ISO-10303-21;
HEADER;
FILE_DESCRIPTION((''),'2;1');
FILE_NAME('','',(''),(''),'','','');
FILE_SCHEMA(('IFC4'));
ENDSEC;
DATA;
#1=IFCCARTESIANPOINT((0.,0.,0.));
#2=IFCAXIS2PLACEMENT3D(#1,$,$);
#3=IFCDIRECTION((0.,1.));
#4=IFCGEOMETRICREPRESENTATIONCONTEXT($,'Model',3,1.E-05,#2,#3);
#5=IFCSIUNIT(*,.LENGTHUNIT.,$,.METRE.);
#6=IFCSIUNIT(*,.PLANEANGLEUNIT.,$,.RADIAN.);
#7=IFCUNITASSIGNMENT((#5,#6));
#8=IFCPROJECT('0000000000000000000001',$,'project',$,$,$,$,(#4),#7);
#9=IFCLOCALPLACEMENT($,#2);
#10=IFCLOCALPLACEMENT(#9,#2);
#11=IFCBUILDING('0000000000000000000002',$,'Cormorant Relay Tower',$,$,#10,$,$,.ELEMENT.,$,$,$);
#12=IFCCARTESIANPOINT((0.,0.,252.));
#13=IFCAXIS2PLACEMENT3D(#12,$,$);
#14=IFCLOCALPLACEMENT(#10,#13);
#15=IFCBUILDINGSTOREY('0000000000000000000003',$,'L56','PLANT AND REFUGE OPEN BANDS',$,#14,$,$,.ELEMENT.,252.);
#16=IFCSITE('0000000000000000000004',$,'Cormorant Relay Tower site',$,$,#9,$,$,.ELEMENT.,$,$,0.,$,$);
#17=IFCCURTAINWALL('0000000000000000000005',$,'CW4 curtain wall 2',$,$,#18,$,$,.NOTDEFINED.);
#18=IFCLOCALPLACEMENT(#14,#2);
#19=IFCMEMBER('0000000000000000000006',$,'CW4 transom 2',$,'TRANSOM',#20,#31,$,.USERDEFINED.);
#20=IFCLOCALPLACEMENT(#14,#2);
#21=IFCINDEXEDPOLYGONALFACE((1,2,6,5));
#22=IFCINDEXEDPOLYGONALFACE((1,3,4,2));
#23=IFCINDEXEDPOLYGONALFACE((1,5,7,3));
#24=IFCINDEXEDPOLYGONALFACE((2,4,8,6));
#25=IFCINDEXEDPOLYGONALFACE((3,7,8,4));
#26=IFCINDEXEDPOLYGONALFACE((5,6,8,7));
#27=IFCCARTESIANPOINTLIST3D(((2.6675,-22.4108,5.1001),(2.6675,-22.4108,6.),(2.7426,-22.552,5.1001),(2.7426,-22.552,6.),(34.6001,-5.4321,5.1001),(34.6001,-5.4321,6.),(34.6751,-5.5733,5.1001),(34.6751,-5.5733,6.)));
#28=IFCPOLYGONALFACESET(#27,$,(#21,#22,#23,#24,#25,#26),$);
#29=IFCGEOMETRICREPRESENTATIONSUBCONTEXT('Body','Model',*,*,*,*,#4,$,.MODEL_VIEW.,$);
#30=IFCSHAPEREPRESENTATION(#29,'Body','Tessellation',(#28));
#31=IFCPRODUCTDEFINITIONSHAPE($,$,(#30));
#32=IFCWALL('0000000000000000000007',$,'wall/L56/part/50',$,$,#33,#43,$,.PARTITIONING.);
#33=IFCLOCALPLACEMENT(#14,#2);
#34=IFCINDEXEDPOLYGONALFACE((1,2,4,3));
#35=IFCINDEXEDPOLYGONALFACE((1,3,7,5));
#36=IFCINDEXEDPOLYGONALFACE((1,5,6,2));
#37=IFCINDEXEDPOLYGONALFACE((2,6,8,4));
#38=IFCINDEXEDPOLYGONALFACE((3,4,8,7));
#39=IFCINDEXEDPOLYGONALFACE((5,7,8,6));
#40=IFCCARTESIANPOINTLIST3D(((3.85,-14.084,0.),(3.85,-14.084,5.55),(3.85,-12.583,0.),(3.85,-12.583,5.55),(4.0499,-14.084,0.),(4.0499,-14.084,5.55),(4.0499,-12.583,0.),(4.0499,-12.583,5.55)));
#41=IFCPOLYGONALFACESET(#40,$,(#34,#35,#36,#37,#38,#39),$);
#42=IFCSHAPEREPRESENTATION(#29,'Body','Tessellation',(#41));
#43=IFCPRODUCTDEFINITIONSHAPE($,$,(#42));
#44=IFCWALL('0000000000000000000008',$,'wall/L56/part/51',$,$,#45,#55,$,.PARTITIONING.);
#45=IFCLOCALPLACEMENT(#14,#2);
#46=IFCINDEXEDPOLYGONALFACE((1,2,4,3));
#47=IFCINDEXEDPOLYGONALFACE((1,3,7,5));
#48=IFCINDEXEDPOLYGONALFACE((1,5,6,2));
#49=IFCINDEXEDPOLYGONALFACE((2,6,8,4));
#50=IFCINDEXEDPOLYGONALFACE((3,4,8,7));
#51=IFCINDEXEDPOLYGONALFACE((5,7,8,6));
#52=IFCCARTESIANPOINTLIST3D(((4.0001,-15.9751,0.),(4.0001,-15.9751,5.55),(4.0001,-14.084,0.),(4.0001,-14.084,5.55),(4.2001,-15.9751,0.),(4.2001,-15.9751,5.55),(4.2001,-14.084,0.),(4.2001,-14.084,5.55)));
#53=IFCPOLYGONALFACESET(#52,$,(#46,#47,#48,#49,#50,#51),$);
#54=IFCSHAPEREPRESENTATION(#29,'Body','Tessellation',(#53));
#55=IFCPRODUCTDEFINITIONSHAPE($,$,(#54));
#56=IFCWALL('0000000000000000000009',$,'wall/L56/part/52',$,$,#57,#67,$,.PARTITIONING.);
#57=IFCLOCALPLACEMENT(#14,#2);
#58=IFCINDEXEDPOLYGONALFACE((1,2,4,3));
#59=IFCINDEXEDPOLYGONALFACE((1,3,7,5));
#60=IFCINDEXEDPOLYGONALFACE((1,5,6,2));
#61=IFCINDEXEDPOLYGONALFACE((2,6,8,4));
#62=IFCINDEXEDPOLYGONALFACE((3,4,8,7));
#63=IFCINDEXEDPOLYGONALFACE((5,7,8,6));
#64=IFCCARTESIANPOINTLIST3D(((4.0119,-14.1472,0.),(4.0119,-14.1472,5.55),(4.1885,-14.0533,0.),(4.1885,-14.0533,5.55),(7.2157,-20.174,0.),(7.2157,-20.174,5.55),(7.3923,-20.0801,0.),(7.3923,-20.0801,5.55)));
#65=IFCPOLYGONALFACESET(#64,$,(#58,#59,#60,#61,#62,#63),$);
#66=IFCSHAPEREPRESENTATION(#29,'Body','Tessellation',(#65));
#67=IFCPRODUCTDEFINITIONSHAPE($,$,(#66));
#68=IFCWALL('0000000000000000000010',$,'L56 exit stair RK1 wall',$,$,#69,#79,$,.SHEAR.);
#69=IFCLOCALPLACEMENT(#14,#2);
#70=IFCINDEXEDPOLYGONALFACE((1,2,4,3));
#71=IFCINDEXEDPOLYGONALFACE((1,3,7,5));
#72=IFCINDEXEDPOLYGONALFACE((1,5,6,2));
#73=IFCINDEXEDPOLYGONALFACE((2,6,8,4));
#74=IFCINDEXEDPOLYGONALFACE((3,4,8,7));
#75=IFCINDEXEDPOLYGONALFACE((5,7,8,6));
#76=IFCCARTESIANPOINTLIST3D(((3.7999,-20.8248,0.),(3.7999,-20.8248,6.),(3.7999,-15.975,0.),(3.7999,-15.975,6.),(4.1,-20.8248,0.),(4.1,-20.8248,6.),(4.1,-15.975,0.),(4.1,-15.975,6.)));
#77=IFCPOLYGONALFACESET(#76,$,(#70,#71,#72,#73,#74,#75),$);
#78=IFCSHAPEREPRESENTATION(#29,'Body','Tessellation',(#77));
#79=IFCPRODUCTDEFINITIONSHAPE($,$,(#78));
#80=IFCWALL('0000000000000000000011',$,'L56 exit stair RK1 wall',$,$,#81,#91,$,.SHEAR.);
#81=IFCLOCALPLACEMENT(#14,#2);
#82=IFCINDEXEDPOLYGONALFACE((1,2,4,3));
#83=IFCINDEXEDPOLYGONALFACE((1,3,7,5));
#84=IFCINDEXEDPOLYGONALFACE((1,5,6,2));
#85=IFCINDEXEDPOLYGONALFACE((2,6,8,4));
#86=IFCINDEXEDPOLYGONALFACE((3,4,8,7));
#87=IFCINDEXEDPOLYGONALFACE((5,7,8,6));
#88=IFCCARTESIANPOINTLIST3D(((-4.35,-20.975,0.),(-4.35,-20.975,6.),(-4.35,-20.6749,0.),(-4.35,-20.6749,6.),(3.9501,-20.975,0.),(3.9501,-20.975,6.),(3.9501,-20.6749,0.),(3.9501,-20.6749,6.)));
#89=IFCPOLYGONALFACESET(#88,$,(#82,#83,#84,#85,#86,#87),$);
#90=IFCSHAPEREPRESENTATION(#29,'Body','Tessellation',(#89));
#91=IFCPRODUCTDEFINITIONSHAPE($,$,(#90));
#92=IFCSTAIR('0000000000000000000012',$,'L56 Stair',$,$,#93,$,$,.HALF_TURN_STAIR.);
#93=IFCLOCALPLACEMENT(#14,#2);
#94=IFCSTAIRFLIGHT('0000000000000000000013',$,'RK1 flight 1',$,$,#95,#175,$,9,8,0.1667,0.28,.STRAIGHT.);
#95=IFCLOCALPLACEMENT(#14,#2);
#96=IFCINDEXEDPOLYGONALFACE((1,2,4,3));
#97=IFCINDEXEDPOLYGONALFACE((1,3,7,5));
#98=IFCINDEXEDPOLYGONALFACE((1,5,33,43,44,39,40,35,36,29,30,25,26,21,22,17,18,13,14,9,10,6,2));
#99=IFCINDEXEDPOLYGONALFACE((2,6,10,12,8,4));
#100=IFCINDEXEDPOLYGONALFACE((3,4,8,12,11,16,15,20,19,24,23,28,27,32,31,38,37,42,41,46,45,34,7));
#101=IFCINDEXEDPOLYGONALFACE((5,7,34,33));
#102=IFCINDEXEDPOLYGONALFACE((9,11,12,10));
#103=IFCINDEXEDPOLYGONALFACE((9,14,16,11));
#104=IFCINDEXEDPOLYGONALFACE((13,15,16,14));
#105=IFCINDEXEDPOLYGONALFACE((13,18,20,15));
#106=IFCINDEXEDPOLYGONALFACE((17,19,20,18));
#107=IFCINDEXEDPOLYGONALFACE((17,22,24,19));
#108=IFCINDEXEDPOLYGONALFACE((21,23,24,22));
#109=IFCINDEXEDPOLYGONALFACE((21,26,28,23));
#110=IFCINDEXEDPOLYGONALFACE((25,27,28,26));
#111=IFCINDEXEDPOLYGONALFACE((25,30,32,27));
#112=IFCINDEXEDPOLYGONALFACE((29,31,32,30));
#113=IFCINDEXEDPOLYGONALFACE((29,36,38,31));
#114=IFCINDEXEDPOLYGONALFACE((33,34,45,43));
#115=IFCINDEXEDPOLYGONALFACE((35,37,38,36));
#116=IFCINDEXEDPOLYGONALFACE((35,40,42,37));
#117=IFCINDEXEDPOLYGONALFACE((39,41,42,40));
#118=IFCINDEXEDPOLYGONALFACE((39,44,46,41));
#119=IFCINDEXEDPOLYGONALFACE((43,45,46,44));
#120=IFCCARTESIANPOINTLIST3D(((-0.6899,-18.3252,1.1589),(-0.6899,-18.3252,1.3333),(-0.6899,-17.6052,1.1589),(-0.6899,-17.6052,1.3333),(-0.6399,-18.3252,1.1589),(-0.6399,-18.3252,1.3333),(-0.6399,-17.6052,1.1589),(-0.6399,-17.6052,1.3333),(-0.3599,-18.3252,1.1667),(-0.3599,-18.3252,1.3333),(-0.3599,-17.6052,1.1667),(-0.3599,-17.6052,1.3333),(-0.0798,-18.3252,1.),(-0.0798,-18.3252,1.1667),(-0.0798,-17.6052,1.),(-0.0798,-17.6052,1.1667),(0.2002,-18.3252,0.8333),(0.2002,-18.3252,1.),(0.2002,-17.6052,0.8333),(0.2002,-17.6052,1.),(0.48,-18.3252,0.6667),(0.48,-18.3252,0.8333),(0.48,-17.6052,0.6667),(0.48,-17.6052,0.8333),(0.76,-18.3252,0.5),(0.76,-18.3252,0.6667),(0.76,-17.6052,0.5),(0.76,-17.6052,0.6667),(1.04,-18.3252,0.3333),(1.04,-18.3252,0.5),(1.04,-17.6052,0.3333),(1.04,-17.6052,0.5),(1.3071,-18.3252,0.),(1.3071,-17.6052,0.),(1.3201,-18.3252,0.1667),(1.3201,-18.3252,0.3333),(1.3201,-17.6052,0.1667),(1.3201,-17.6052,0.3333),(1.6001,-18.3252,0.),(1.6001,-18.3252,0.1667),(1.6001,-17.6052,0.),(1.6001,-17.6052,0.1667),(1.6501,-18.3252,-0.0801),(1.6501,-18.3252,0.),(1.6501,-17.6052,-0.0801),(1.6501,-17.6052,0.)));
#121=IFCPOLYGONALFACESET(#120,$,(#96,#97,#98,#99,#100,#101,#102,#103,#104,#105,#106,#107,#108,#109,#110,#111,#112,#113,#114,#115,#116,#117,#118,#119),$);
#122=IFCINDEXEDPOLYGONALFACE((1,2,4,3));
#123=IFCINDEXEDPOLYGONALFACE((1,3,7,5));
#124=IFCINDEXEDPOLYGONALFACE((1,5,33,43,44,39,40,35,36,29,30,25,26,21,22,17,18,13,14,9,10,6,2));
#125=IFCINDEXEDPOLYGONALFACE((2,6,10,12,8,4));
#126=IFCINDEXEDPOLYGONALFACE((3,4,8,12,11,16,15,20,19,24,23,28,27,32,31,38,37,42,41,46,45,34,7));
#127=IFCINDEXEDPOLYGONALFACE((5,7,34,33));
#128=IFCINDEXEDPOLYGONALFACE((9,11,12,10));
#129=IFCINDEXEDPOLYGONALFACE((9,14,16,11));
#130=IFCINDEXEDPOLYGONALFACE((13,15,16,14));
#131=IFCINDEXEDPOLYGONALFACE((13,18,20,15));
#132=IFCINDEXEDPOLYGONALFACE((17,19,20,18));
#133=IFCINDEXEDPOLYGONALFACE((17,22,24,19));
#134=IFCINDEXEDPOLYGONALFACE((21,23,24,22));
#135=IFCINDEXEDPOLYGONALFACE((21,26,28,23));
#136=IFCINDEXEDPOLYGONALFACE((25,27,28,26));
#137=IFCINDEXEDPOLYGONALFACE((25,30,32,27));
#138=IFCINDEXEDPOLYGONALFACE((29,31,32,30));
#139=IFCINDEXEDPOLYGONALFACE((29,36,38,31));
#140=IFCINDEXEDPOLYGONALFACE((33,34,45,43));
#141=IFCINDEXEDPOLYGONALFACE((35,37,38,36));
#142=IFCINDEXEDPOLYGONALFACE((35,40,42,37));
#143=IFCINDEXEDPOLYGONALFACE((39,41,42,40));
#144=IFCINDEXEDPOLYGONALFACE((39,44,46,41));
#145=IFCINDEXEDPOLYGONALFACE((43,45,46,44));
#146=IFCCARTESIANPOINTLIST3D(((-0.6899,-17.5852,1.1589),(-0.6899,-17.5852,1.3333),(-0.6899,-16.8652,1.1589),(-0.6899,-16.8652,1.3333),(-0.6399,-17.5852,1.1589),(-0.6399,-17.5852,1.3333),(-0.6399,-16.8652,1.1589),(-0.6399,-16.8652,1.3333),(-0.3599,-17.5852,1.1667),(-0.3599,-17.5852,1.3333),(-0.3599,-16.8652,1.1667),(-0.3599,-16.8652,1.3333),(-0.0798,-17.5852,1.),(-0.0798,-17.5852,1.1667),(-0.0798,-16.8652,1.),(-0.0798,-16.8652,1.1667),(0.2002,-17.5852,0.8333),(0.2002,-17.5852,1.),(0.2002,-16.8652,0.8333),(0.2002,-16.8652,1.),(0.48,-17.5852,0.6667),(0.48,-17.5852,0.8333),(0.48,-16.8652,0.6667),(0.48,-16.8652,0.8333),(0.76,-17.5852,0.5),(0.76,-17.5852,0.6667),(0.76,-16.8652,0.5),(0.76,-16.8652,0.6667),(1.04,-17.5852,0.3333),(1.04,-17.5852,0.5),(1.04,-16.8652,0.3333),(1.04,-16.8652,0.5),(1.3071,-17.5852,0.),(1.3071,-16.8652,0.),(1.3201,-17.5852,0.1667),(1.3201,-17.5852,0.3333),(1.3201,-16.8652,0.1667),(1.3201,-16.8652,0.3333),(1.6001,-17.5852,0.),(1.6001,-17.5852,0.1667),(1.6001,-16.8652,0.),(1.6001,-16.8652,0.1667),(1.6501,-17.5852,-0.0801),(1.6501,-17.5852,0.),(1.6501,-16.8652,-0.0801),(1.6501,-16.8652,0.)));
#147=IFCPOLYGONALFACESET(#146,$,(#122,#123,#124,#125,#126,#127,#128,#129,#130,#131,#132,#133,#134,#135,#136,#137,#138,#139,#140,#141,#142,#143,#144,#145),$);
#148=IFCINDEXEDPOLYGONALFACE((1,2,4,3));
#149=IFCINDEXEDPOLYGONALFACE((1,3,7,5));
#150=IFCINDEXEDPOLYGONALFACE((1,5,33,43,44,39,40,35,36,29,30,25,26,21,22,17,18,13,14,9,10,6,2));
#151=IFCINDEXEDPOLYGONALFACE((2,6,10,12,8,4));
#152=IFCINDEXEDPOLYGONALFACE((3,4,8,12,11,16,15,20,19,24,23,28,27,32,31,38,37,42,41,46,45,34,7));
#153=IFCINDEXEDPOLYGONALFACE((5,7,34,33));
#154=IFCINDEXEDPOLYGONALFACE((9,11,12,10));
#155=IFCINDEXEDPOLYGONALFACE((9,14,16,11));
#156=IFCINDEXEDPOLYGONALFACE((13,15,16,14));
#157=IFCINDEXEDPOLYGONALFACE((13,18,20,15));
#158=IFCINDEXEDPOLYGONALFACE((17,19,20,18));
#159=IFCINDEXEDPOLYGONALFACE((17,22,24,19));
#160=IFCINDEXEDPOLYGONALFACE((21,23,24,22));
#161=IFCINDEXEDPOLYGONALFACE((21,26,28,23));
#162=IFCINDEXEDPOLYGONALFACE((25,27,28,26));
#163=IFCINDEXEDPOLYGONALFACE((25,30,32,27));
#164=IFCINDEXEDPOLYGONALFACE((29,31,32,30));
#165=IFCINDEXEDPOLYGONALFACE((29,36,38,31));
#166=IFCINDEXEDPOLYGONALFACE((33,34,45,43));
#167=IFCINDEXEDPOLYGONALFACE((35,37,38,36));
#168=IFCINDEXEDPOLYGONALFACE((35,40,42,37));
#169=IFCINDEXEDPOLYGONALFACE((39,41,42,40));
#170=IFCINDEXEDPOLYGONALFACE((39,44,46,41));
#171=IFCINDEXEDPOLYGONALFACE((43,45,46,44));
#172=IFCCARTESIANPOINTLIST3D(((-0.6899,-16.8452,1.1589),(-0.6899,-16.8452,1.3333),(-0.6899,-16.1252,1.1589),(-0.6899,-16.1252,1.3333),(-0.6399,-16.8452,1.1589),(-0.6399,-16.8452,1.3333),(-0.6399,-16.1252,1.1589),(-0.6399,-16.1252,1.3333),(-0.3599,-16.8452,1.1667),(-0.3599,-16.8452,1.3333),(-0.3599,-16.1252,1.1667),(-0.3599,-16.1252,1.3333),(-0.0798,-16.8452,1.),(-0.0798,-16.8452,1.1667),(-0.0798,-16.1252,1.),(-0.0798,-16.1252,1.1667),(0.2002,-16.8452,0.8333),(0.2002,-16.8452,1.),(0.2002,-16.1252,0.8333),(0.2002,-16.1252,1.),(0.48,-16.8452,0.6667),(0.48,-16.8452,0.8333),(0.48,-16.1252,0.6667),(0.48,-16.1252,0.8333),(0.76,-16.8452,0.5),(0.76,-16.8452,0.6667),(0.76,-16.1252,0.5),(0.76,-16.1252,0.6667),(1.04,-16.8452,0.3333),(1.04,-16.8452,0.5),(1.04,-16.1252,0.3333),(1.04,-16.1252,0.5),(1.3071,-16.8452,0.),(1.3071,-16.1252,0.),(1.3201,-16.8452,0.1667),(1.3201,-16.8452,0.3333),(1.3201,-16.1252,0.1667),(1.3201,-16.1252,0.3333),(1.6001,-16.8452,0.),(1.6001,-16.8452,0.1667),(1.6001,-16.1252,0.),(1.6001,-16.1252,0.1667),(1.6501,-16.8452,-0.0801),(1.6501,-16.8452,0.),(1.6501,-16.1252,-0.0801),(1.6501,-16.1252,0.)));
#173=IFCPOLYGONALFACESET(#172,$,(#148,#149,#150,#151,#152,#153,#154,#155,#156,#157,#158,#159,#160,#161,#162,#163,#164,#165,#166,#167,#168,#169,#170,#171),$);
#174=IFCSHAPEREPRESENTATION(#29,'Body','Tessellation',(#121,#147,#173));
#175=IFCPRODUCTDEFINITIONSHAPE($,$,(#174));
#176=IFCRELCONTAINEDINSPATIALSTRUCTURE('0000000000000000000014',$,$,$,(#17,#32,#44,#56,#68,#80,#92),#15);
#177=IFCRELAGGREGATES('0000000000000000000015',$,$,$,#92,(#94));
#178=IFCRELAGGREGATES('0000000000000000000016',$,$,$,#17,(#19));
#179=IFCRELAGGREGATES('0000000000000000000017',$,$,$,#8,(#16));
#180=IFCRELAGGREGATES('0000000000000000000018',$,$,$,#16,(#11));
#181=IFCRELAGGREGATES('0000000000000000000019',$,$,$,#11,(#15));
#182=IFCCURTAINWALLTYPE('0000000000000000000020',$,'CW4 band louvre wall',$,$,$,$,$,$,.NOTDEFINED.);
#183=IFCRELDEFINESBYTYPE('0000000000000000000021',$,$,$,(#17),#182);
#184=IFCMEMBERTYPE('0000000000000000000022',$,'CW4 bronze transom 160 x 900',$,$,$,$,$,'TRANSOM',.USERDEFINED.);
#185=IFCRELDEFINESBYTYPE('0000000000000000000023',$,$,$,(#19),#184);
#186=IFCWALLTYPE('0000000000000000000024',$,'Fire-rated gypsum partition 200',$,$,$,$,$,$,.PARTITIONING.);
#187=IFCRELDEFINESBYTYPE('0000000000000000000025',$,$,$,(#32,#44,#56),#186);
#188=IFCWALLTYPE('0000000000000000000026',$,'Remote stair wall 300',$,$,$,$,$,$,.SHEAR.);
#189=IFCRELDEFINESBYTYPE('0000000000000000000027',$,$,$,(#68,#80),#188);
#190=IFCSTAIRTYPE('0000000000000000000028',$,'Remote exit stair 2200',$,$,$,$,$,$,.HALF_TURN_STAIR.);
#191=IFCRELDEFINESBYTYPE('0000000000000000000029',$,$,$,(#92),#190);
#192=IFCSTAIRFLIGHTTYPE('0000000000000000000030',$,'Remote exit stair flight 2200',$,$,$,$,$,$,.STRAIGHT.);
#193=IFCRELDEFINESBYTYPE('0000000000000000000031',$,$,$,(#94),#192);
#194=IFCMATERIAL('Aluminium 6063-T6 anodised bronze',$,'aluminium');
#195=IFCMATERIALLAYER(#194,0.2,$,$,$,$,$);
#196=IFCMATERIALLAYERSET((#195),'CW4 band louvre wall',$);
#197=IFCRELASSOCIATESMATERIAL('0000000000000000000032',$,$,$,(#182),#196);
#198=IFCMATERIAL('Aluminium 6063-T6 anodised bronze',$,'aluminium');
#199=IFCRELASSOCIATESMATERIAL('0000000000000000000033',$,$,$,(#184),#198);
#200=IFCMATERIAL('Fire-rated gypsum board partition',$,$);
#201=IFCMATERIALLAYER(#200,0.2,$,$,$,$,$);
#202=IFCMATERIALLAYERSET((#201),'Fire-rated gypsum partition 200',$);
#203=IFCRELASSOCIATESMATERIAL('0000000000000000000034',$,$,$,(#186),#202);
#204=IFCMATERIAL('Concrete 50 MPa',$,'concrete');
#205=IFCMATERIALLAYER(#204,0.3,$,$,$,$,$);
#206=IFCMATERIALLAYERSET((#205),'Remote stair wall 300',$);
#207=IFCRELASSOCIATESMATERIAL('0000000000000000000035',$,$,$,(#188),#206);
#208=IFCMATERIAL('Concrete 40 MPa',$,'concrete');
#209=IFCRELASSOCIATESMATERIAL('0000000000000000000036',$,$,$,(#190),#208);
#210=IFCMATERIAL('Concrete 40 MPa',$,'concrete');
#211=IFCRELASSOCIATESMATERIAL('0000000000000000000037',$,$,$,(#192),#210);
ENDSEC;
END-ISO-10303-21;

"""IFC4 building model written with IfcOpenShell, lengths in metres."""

from ifc_helpers import new_model, si_unit, direction, frame, frame_2d, origin, origin_2d, place, context, subcontext, project, spatial, polyline, rectangle, outline, extrude, material, layer, layer_set, material_profile, profile_set, type_object, element, aggregate, save


model = new_model("IFC4")

# Units and contexts
model_context = context("Model", 3, precision=1e-05, world=origin(), true_north=direction((0.0, 1.0)))
body_context = subcontext(model_context, "Body", "Model", "MODEL_VIEW")
ifc_project = project(units=[si_unit("LENGTHUNIT", "METRE"), si_unit("PLANEANGLEUNIT", "RADIAN")], contexts=[model_context])

# Site, building, storey
site_placement = place(None, origin())
site = spatial("IfcSite", under=ifc_project, at=site_placement, Name="Cormorant Relay Tower site", CompositionType="ELEMENT", RefElevation=0.0)
building_placement = place(site_placement, origin())
building = spatial("IfcBuilding", under=site, at=building_placement, Name="Cormorant Relay Tower", CompositionType="ELEMENT")
storey_placement = place(building_placement, frame((0.0, 0.0, 252.0)))
storey = spatial("IfcBuildingStorey", under=building, at=storey_placement, Name="L56", Description="PLANT AND REFUGE OPEN BANDS", CompositionType="ELEMENT", Elevation=252.0)

# Curtain wall, member
ifc_material_1 = material(Name="Aluminium 6063-T6 anodised bronze", Category="aluminium")
ifc_layer_1 = layer(ifc_material_1, 0.2)
ifc_layer_set_1 = layer_set([ifc_layer_1], Name="CW4 band louvre wall")
curtain_wall_type = type_object("IfcCurtainWallType", Name="CW4 band louvre wall", PredefinedType="NOTDEFINED", material=ifc_layer_set_1)
curtain_wall_1_placement = place(storey_placement, origin())
curtain_wall_1 = element("IfcCurtainWall", 1, at=curtain_wall_1_placement, inside=storey, type_object=curtain_wall_type, Name="CW4 curtain wall 2", PredefinedType="NOTDEFINED")
ifc_material_2 = material(Name="Aluminium 6063-T6 anodised bronze", Category="aluminium")
ifc_material_profile_1 = material_profile(ifc_material_2, rectangle(XDim=0.1599, YDim=0.8999, at=origin_2d()), Name="AL 160x900")
ifc_profile_set_1 = profile_set([ifc_material_profile_1], Name="Aluminium 6063-T6 anodised bronze")
member_type_1 = type_object("IfcMemberType", Name="CW4 bronze transom 160 x 900", ElementType="TRANSOM", PredefinedType="USERDEFINED", material=ifc_profile_set_1)
member_1_placement = place(storey_placement, frame((2.7051, -22.4814, 5.55), z_axis=(0.882949, 0.469469, 0.0), x_axis=(-0.469469, 0.882949, 0.0)))
member_1 = element("IfcMember", 2, at=member_1_placement, type_object=member_type_1, Name="CW4 transom 2", ObjectType="TRANSOM", PredefinedType="USERDEFINED", context=body_context, shape_type="SweptSolid", body=[
    extrude(rectangle(XDim=0.1599, YDim=0.8999, at=origin_2d()), origin(), (0.0, 0.0, 1.0), 36.1658),
])

# Walls
ifc_material_3 = material(Name="Fire-rated gypsum board partition")
ifc_layer_2 = layer(ifc_material_3, 0.2)
ifc_layer_set_2 = layer_set([ifc_layer_2], Name="Fire-rated gypsum partition 200")
wall_type_1 = type_object("IfcWallType", Name="Fire-rated gypsum partition 200", PredefinedType="PARTITIONING", material=ifc_layer_set_2)
wall_1_placement = place(storey_placement, frame((3.95, -12.583, 0.0), z_axis=(0.0, 0.0, 1.0), x_axis=(0.0, -1.0, 0.0)))
element("IfcWall", 3, at=wall_1_placement, inside=storey, type_object=wall_type_1, Name="wall/L56/part/50", PredefinedType="PARTITIONING", context=body_context, shape_type="SweptSolid", body=[
    extrude(rectangle(XDim=1.501, YDim=0.2, at=frame_2d((0.7505, 0.0))), origin(), (0.0, 0.0, 1.0), 5.55),
])
wall_2_placement = place(storey_placement, frame((4.1001, -14.084, 0.0), z_axis=(0.0, 0.0, 1.0), x_axis=(0.0, -1.0, 0.0)))
element("IfcWall", 4, at=wall_2_placement, inside=storey, type_object=wall_type_1, Name="wall/L56/part/51", PredefinedType="PARTITIONING", context=body_context, shape_type="SweptSolid", body=[
    extrude(rectangle(XDim=1.8911, YDim=0.2, at=frame_2d((0.9456, 0.0))), origin(), (0.0, 0.0, 1.0), 5.55),
])
wall_3_placement = place(storey_placement, frame((7.304, -20.127, 0.0), z_axis=(0.0, 0.0, 1.0), x_axis=(-0.469394, 0.882989, 0.0)))
element("IfcWall", 5, at=wall_3_placement, inside=storey, type_object=wall_type_1, Name="wall/L56/part/52", PredefinedType="PARTITIONING", context=body_context, shape_type="SweptSolid", body=[
    extrude(rectangle(XDim=6.8254, YDim=0.2, at=frame_2d((3.4126, 0.0))), origin(), (0.0, 0.0, 1.0), 5.55),
])
ifc_material_4 = material(Name="Concrete 50 MPa", Category="concrete")
ifc_layer_3 = layer(ifc_material_4, 0.3)
ifc_layer_set_3 = layer_set([ifc_layer_3], Name="Remote stair wall 300")
wall_type_2 = type_object("IfcWallType", Name="Remote stair wall 300", PredefinedType="SHEAR", material=ifc_layer_set_3)
wall_4_placement = place(storey_placement, frame((3.95, -15.9751, 0.0), z_axis=(0.0, 0.0, 1.0), x_axis=(0.0, -1.0, 0.0)))
element("IfcWall", 6, at=wall_4_placement, inside=storey, type_object=wall_type_2, Name="L56 exit stair RK1 wall", PredefinedType="SHEAR", context=body_context, shape_type="SweptSolid", body=[
    extrude(rectangle(XDim=4.8499, YDim=0.3, at=frame_2d((2.4248, 0.0))), origin(), (0.0, 0.0, 1.0), 6.0),
])
wall_5_placement = place(storey_placement, frame((3.95, -20.825, 0.0), z_axis=(0.0, 0.0, 1.0), x_axis=(-1.0, 0.0, 0.0)))
element("IfcWall", 7, at=wall_5_placement, inside=storey, type_object=wall_type_2, Name="L56 exit stair RK1 wall", PredefinedType="SHEAR", context=body_context, shape_type="SweptSolid", body=[
    extrude(rectangle(XDim=8.3, YDim=0.3, at=frame_2d((4.1499, 0.0))), origin(), (0.0, 0.0, 1.0), 6.0),
])

# Stair, stair flight
ifc_material_5 = material(Name="Concrete 40 MPa", Category="concrete")
stair_type = type_object("IfcStairType", Name="Remote exit stair 2200", PredefinedType="HALF_TURN_STAIR", material=ifc_material_5)
stair_placement = place(storey_placement, origin())
stair = element("IfcStair", 8, at=stair_placement, inside=storey, type_object=stair_type, Name="L56 Stair", PredefinedType="HALF_TURN_STAIR")
ifc_material_6 = material(Name="Concrete 40 MPa", Category="concrete")
stair_flight_type = type_object("IfcStairFlightType", Name="Remote exit stair flight 2200", PredefinedType="STRAIGHT", material=ifc_material_6)
stair_flight_1_placement = place(storey_placement, frame((1.6001, -17.2251, 0.0), z_axis=(0.0, 0.0, 1.0), x_axis=(-1.0, 0.0, 0.0)))
stair_flight_1 = element("IfcStairFlight", 9, at=stair_flight_1_placement, type_object=stair_flight_type, Name="RK1 flight 1", NumberOfRisers=9, NumberOfTreads=8, PredefinedType="STRAIGHT", RiserHeight=0.1667, TreadLength=0.28, context=body_context, shape_type="SweptSolid", body=[
    extrude(outline(polyline([(-0.05, -0.0801), (-0.05, 0.0), (0.0, 0.0), (0.0, 0.1667), (0.28, 0.1667), (0.28, 0.3333), (0.5601, 0.3333), (0.5601, 0.5), (0.8401, 0.5), (0.8401, 0.6667), (1.1201, 0.6667), (1.1201, 0.8333), (1.3999, 0.8333), (1.3999, 1.0), (1.6799, 1.0), (1.6799, 1.1667), (1.96, 1.1667), (1.96, 1.3333), (2.24, 1.3333), (2.29, 1.3333), (2.29, 1.1589), (2.24, 1.1589), (0.293, 0.0), (-0.05, -0.0801)])), frame((0.0, 1.1001, 0.0), z_axis=(0.0, -1.0, 0.0), x_axis=(1.0, 0.0, 0.0)), (0.0, 0.0, 1.0), 0.72),
    extrude(outline(polyline([(-0.05, -0.0801), (-0.05, 0.0), (0.0, 0.0), (0.0, 0.1667), (0.28, 0.1667), (0.28, 0.3333), (0.5601, 0.3333), (0.5601, 0.5), (0.8401, 0.5), (0.8401, 0.6667), (1.1201, 0.6667), (1.1201, 0.8333), (1.3999, 0.8333), (1.3999, 1.0), (1.6799, 1.0), (1.6799, 1.1667), (1.96, 1.1667), (1.96, 1.3333), (2.24, 1.3333), (2.29, 1.3333), (2.29, 1.1589), (2.24, 1.1589), (0.293, 0.0), (-0.05, -0.0801)])), frame((0.0, 0.3601, 0.0), z_axis=(0.0, -1.0, 0.0), x_axis=(1.0, 0.0, 0.0)), (0.0, 0.0, 1.0), 0.72),
    extrude(outline(polyline([(-0.05, -0.0801), (-0.05, 0.0), (0.0, 0.0), (0.0, 0.1667), (0.28, 0.1667), (0.28, 0.3333), (0.5601, 0.3333), (0.5601, 0.5), (0.8401, 0.5), (0.8401, 0.6667), (1.1201, 0.6667), (1.1201, 0.8333), (1.3999, 0.8333), (1.3999, 1.0), (1.6799, 1.0), (1.6799, 1.1667), (1.96, 1.1667), (1.96, 1.3333), (2.24, 1.3333), (2.29, 1.3333), (2.29, 1.1589), (2.24, 1.1589), (0.293, 0.0), (-0.05, -0.0801)])), frame((0.0, -0.3799, 0.0), z_axis=(0.0, -1.0, 0.0), x_axis=(1.0, 0.0, 0.0)), (0.0, 0.0, 1.0), 0.72),
])
aggregate(stair, [stair_flight_1])

aggregate(curtain_wall_1, [member_1])

save(model, "model.ifc")
